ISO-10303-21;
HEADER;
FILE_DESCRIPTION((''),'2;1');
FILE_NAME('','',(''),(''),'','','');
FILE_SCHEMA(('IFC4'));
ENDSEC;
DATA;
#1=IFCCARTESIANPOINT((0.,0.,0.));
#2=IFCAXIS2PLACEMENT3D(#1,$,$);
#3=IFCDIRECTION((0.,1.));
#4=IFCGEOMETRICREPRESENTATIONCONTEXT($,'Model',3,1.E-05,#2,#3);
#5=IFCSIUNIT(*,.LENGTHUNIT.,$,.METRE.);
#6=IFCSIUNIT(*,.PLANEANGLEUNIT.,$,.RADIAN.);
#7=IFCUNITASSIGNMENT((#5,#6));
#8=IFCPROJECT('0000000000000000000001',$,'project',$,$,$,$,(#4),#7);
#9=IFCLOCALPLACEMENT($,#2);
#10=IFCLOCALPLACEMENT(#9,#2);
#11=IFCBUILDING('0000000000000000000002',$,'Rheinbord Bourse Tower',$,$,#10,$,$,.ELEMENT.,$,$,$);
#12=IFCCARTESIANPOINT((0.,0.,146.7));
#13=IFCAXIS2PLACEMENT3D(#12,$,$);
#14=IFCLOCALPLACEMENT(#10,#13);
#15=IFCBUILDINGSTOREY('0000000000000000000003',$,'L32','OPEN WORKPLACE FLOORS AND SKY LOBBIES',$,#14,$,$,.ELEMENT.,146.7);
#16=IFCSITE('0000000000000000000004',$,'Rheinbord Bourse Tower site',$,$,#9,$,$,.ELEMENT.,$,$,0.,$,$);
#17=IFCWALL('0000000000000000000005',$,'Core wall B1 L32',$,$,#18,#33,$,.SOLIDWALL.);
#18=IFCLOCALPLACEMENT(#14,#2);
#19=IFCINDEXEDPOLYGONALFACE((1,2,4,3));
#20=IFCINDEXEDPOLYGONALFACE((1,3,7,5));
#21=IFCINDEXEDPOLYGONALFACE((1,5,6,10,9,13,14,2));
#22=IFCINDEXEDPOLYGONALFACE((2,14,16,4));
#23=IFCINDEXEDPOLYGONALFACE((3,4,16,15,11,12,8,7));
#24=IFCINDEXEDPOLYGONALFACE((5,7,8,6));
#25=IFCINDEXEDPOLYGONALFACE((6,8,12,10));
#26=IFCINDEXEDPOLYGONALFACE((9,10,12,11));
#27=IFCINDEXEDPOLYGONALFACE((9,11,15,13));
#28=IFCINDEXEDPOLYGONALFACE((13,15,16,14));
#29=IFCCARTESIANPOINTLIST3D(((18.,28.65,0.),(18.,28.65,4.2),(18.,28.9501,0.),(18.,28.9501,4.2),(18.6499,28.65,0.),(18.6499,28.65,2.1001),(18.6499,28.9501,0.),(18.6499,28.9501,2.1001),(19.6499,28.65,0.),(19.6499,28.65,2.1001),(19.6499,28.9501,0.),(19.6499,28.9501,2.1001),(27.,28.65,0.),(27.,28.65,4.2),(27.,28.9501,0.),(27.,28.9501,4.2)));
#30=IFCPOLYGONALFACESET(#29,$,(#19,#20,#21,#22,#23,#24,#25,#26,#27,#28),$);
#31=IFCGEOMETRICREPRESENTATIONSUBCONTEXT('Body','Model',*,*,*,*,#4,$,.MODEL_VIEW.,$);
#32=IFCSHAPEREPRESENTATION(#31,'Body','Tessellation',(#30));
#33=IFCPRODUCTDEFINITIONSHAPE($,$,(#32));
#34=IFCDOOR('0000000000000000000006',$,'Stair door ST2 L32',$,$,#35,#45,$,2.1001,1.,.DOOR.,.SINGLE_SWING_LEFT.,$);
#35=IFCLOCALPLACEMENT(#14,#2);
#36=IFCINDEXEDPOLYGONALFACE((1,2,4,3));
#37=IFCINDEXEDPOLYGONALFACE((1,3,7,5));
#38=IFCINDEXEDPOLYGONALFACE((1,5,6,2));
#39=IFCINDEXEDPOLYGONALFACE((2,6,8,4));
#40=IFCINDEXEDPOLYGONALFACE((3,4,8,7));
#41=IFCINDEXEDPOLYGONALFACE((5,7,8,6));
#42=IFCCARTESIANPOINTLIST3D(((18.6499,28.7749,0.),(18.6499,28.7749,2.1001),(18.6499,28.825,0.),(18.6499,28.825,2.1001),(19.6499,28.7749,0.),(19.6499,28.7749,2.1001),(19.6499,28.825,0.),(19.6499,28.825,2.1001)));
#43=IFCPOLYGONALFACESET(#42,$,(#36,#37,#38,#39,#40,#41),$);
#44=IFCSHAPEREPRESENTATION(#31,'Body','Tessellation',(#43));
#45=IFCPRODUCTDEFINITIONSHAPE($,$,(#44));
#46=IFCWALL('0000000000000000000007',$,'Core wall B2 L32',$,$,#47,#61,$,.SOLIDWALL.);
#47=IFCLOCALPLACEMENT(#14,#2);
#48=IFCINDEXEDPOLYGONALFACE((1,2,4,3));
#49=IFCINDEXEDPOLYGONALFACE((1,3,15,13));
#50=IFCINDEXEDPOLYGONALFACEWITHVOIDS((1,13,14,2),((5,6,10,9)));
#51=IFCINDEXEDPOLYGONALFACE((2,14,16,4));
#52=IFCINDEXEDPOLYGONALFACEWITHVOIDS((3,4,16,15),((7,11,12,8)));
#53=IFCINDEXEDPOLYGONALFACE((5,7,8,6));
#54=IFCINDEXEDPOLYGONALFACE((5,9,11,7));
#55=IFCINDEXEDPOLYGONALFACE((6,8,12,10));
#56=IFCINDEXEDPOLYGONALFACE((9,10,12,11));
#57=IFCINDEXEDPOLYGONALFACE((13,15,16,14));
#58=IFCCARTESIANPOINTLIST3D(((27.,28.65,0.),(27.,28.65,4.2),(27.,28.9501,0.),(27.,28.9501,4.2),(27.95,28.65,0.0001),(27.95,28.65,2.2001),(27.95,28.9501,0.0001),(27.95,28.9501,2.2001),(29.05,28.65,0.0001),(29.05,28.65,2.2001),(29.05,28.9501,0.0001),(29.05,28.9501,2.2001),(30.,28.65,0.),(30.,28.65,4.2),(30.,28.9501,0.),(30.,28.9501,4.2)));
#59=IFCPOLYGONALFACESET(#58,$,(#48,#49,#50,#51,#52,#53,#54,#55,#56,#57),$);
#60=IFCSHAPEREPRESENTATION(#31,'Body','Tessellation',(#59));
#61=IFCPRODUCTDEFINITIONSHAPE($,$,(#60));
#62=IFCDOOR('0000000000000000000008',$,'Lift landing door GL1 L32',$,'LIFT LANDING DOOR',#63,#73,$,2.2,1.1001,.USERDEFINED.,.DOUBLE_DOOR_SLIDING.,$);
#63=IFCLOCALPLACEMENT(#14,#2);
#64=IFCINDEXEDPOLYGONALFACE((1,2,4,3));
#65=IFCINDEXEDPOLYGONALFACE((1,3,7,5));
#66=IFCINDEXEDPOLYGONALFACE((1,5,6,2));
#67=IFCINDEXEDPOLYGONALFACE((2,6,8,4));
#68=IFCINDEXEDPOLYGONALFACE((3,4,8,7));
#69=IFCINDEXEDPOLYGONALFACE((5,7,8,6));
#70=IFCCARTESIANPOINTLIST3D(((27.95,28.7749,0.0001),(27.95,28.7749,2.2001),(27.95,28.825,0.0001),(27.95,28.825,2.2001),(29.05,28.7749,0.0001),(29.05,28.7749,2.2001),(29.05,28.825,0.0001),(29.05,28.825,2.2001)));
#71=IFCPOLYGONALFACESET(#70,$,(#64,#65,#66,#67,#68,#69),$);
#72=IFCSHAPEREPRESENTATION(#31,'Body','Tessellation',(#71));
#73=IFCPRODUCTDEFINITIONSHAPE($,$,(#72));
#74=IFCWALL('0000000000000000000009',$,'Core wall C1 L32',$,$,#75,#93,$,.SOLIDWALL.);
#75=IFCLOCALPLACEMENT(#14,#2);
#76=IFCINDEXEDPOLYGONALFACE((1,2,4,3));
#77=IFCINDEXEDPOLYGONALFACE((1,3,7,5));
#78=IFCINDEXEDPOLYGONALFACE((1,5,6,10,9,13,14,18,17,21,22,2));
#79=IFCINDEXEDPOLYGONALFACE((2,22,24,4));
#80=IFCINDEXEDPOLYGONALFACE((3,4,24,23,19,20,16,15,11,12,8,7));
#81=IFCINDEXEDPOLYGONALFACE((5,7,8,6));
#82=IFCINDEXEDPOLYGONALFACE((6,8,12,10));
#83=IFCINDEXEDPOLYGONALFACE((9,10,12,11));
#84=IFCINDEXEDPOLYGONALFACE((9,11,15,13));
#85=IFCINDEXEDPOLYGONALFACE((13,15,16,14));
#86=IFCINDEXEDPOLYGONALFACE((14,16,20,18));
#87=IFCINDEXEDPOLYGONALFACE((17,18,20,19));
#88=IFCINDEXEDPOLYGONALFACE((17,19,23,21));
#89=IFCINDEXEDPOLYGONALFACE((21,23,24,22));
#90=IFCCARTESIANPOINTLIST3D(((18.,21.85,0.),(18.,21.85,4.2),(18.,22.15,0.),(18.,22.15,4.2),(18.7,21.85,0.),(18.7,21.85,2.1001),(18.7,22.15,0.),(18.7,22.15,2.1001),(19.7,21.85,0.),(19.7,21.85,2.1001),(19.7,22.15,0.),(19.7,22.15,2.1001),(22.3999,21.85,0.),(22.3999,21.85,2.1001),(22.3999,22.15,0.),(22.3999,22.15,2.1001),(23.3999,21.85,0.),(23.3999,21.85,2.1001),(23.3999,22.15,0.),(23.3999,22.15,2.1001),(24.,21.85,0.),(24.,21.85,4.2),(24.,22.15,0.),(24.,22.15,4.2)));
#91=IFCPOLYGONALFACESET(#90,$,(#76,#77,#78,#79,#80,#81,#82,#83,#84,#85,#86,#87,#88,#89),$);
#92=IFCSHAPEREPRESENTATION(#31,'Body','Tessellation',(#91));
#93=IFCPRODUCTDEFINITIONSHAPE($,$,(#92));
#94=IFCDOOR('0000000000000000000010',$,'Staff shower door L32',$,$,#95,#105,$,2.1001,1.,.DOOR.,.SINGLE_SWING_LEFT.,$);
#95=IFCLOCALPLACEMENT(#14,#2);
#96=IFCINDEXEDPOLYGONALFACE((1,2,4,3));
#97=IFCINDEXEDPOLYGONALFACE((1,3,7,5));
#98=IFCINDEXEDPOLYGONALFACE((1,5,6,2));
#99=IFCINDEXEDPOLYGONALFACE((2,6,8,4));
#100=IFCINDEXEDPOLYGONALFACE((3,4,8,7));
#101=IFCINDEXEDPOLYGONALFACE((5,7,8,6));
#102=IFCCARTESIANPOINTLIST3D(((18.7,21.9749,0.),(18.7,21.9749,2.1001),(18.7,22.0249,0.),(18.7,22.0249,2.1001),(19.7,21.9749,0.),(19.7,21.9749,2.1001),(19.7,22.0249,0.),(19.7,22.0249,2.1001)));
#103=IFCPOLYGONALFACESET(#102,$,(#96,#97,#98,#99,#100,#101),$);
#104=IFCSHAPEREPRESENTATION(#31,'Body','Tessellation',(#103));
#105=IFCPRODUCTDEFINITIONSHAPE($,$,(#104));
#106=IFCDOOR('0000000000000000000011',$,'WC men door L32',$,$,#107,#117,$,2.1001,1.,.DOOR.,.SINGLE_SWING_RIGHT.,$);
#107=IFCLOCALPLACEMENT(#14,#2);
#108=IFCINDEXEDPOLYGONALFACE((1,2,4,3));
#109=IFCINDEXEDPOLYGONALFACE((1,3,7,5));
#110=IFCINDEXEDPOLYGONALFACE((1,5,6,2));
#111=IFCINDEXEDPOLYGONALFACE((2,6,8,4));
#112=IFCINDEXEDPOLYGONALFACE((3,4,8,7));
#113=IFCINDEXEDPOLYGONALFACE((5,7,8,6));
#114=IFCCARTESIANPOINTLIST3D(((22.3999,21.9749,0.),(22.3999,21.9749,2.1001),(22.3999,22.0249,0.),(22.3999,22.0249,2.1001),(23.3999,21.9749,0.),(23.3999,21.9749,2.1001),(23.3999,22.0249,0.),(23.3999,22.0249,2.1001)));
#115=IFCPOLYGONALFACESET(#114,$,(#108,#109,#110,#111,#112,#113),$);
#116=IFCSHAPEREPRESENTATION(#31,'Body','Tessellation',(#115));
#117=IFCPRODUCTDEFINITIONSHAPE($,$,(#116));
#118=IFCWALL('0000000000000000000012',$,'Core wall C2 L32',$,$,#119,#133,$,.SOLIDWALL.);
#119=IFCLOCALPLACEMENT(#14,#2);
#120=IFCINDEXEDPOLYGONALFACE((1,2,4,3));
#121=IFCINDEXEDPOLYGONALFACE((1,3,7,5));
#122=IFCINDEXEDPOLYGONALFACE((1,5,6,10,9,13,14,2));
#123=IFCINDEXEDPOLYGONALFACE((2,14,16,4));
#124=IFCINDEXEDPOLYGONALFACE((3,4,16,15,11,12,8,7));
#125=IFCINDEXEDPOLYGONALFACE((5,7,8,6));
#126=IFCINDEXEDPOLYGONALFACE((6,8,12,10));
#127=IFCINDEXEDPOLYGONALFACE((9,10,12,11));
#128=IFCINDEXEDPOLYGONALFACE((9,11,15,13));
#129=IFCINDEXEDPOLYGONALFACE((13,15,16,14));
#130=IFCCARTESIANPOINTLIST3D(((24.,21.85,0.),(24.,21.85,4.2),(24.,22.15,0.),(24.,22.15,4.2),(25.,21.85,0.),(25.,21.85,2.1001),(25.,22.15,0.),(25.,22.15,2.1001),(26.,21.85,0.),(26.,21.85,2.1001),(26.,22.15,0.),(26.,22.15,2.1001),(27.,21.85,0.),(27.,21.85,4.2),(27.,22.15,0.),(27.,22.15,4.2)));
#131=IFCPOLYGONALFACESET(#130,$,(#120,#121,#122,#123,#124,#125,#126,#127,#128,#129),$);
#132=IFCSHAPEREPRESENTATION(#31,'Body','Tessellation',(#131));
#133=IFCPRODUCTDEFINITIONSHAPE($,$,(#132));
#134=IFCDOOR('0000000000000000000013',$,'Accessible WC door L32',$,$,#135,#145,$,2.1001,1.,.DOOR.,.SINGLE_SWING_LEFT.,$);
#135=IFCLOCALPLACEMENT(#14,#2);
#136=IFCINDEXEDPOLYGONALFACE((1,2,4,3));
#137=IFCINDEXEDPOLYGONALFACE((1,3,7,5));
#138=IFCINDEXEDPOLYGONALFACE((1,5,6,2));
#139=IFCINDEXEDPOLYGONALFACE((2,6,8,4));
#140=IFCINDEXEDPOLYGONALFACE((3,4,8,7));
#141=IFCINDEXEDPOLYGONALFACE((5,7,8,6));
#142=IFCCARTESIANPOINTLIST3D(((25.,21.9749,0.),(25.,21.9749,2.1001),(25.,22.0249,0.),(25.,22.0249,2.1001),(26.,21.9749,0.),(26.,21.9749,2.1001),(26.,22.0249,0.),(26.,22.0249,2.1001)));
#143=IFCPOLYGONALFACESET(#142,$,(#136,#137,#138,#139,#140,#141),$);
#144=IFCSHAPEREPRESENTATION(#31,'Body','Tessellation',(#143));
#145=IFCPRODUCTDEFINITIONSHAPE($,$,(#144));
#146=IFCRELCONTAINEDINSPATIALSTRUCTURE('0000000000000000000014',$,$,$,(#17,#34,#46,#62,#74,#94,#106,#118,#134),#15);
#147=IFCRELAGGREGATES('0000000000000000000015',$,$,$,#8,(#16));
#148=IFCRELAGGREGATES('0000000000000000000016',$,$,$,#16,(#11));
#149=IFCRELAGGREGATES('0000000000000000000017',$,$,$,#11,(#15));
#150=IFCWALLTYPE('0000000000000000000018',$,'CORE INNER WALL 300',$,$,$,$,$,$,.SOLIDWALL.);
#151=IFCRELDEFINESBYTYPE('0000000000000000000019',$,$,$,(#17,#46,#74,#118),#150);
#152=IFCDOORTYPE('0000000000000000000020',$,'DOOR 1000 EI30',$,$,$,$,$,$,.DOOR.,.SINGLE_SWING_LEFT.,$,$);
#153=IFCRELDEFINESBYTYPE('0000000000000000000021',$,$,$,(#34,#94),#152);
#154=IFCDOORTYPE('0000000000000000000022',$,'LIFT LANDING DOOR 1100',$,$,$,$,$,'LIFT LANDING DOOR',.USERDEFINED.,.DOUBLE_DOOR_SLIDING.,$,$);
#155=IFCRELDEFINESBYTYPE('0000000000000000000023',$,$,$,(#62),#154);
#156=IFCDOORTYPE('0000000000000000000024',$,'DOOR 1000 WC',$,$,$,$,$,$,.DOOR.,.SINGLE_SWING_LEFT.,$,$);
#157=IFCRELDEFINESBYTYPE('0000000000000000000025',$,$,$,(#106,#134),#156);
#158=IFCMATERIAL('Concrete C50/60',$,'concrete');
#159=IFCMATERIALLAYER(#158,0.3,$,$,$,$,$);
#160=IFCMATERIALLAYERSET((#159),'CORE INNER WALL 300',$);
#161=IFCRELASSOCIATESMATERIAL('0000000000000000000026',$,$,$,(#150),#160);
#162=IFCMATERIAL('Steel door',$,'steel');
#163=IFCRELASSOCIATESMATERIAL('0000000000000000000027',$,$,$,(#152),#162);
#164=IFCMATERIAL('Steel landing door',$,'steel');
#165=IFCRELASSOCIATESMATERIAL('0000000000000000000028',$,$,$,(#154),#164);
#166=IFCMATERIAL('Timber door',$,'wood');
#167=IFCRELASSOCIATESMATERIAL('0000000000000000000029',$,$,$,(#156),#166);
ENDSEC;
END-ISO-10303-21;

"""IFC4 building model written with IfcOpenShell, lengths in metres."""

from ifc_helpers import new_model, si_unit, direction, frame, frame_2d, origin, place, context, subcontext, project, spatial, rectangle, extrude, material, layer, layer_set, type_object, element, fill, save


model = new_model("IFC4")

# Units and contexts
model_context = context("Model", 3, precision=1e-05, world=origin(), true_north=direction((0.0, 1.0)))
body_context = subcontext(model_context, "Body", "Model", "MODEL_VIEW")
ifc_project = project(units=[si_unit("LENGTHUNIT", "METRE"), si_unit("PLANEANGLEUNIT", "RADIAN")], contexts=[model_context])

# Site, building, storey
site_placement = place(None, origin())
site = spatial("IfcSite", under=ifc_project, at=site_placement, Name="Rheinbord Bourse Tower site", CompositionType="ELEMENT", RefElevation=0.0)
building_placement = place(site_placement, origin())
building = spatial("IfcBuilding", under=site, at=building_placement, Name="Rheinbord Bourse Tower", CompositionType="ELEMENT")
storey_placement = place(building_placement, frame((0.0, 0.0, 146.7)))
storey = spatial("IfcBuildingStorey", under=building, at=storey_placement, Name="L32", Description="OPEN WORKPLACE FLOORS AND SKY LOBBIES", CompositionType="ELEMENT", Elevation=146.7)

# Walls, openings, doors
ifc_material_1 = material(Name="Concrete C50/60", Category="concrete")
ifc_layer_1 = layer(ifc_material_1, 0.3)
ifc_layer_set_1 = layer_set([ifc_layer_1], Name="CORE INNER WALL 300")
wall_type_1 = type_object("IfcWallType", Name="CORE INNER WALL 300", PredefinedType="SOLIDWALL", material=ifc_layer_set_1)
wall_1_placement = place(storey_placement, frame((18.0, 28.8, 0.0), z_axis=(0.0, 0.0, 1.0), x_axis=(1.0, 0.0, 0.0)))
wall_1 = element("IfcWall", 1, at=wall_1_placement, inside=storey, type_object=wall_type_1, Name="Core wall B1 L32", PredefinedType="SOLIDWALL", context=body_context, shape_type="SweptSolid", body=[
    extrude(rectangle(XDim=9.0, YDim=0.3, at=frame_2d((4.5, 0.0))), origin(), (0.0, 0.0, 1.0), 4.2),
])
opening_1_placement = place(wall_1_placement, frame((0.6499, 0.0, 0.0)))
opening_1 = element("IfcOpeningElement", 2, at=opening_1_placement, cuts=wall_1, PredefinedType="OPENING", context=body_context, shape_type="SweptSolid", body=[
    extrude(rectangle(XDim=1.0, YDim=2.1001, at=frame_2d((0.5, 1.05))), frame((0.0, 0.1599, 0.0), z_axis=(0.0, -1.0, 0.0), x_axis=(1.0, 0.0, 0.0)), (0.0, 0.0, 1.0), 0.3201),
])
ifc_material_2 = material(Name="Steel door", Category="steel")
door_type_1 = type_object("IfcDoorType", Name="DOOR 1000 EI30", OperationType="SINGLE_SWING_LEFT", PredefinedType="DOOR", material=ifc_material_2)
door_1_placement = place(opening_1_placement, origin())
door_1 = element("IfcDoor", 3, at=door_1_placement, inside=storey, type_object=door_type_1, Name="Stair door ST2 L32", OperationType="SINGLE_SWING_LEFT", OverallHeight=2.1001, OverallWidth=1.0, PredefinedType="DOOR", context=body_context, shape_type="SweptSolid", body=[
    extrude(rectangle(XDim=1.0, YDim=2.1001, at=frame_2d((0.5, 1.05))), frame((0.0, 0.0249, 0.0), z_axis=(0.0, -1.0, 0.0), x_axis=(1.0, 0.0, 0.0)), (0.0, 0.0, 1.0), 0.05),
])
fill(opening_1, door_1)
wall_2_placement = place(storey_placement, frame((27.0, 28.8, 0.0), z_axis=(0.0, 0.0, 1.0), x_axis=(1.0, 0.0, 0.0)))
wall_2 = element("IfcWall", 4, at=wall_2_placement, inside=storey, type_object=wall_type_1, Name="Core wall B2 L32", PredefinedType="SOLIDWALL", context=body_context, shape_type="SweptSolid", body=[
    extrude(rectangle(XDim=3.0, YDim=0.3, at=frame_2d((1.5, 0.0))), origin(), (0.0, 0.0, 1.0), 4.2),
])
opening_2_placement = place(wall_2_placement, frame((0.95, 0.0, 0.0)))
opening_2 = element("IfcOpeningElement", 5, at=opening_2_placement, cuts=wall_2, PredefinedType="OPENING", context=body_context, shape_type="SweptSolid", body=[
    extrude(rectangle(XDim=1.1001, YDim=2.2, at=frame_2d((0.55, 1.1001))), frame((0.0, 0.1599, 0.0), z_axis=(0.0, -1.0, 0.0), x_axis=(1.0, 0.0, 0.0)), (0.0, 0.0, 1.0), 0.3201),
])
ifc_material_3 = material(Name="Steel landing door", Category="steel")
door_type_2 = type_object("IfcDoorType", Name="LIFT LANDING DOOR 1100", ElementType="LIFT LANDING DOOR", OperationType="DOUBLE_DOOR_SLIDING", PredefinedType="USERDEFINED", material=ifc_material_3)
door_2_placement = place(opening_2_placement, origin())
door_2 = element("IfcDoor", 6, at=door_2_placement, inside=storey, type_object=door_type_2, Name="Lift landing door GL1 L32", ObjectType="LIFT LANDING DOOR", OperationType="DOUBLE_DOOR_SLIDING", OverallHeight=2.2, OverallWidth=1.1001, PredefinedType="USERDEFINED", context=body_context, shape_type="SweptSolid", body=[
    extrude(rectangle(XDim=1.1001, YDim=2.2, at=frame_2d((0.55, 1.1001))), frame((0.0, 0.0249, 0.0), z_axis=(0.0, -1.0, 0.0), x_axis=(1.0, 0.0, 0.0)), (0.0, 0.0, 1.0), 0.05),
])
fill(opening_2, door_2)

# Wall, openings, doors
wall_3_placement = place(storey_placement, frame((18.0, 22.0, 0.0), z_axis=(0.0, 0.0, 1.0), x_axis=(1.0, 0.0, 0.0)))
wall_3 = element("IfcWall", 7, at=wall_3_placement, inside=storey, type_object=wall_type_1, Name="Core wall C1 L32", PredefinedType="SOLIDWALL", context=body_context, shape_type="SweptSolid", body=[
    extrude(rectangle(XDim=6.0, YDim=0.3, at=frame_2d((3.0, 0.0))), origin(), (0.0, 0.0, 1.0), 4.2),
])
opening_3_placement = place(wall_3_placement, frame((4.3999, 0.0, 0.0)))
opening_3 = element("IfcOpeningElement", 8, at=opening_3_placement, cuts=wall_3, PredefinedType="OPENING", context=body_context, shape_type="SweptSolid", body=[
    extrude(rectangle(XDim=1.0, YDim=2.1001, at=frame_2d((0.5, 1.05))), frame((0.0, 0.1599, 0.0), z_axis=(0.0, -1.0, 0.0), x_axis=(1.0, 0.0, 0.0)), (0.0, 0.0, 1.0), 0.3201),
])
opening_4_placement = place(wall_3_placement, frame((0.7, 0.0, 0.0)))
opening_4 = element("IfcOpeningElement", 9, at=opening_4_placement, cuts=wall_3, PredefinedType="OPENING", context=body_context, shape_type="SweptSolid", body=[
    extrude(rectangle(XDim=1.0, YDim=2.1001, at=frame_2d((0.5, 1.05))), frame((0.0, 0.1599, 0.0), z_axis=(0.0, -1.0, 0.0), x_axis=(1.0, 0.0, 0.0)), (0.0, 0.0, 1.0), 0.3201),
])
door_3_placement = place(opening_4_placement, origin())
door_3 = element("IfcDoor", 10, at=door_3_placement, inside=storey, type_object=door_type_1, Name="Staff shower door L32", OperationType="SINGLE_SWING_LEFT", OverallHeight=2.1001, OverallWidth=1.0, PredefinedType="DOOR", context=body_context, shape_type="SweptSolid", body=[
    extrude(rectangle(XDim=1.0, YDim=2.1001, at=frame_2d((0.5, 1.05))), frame((0.0, 0.0249, 0.0), z_axis=(0.0, -1.0, 0.0), x_axis=(1.0, 0.0, 0.0)), (0.0, 0.0, 1.0), 0.05),
])
fill(opening_4, door_3)
ifc_material_4 = material(Name="Timber door", Category="wood")
door_type_3 = type_object("IfcDoorType", Name="DOOR 1000 WC", OperationType="SINGLE_SWING_LEFT", PredefinedType="DOOR", material=ifc_material_4)
door_4_placement = place(opening_3_placement, origin())
door_4 = element("IfcDoor", 11, at=door_4_placement, inside=storey, type_object=door_type_3, Name="WC men door L32", OperationType="SINGLE_SWING_RIGHT", OverallHeight=2.1001, OverallWidth=1.0, PredefinedType="DOOR", context=body_context, shape_type="SweptSolid", body=[
    extrude(rectangle(XDim=1.0, YDim=2.1001, at=frame_2d((0.5, 1.05))), frame((0.0, 0.0249, 0.0), z_axis=(0.0, -1.0, 0.0), x_axis=(1.0, 0.0, 0.0)), (0.0, 0.0, 1.0), 0.05),
])
fill(opening_3, door_4)

# Wall, opening, door
wall_4_placement = place(storey_placement, frame((24.0, 22.0, 0.0), z_axis=(0.0, 0.0, 1.0), x_axis=(1.0, 0.0, 0.0)))
wall_4 = element("IfcWall", 12, at=wall_4_placement, inside=storey, type_object=wall_type_1, Name="Core wall C2 L32", PredefinedType="SOLIDWALL", context=body_context, shape_type="SweptSolid", body=[
    extrude(rectangle(XDim=3.0, YDim=0.3, at=frame_2d((1.5, 0.0))), origin(), (0.0, 0.0, 1.0), 4.2),
])
opening_5_placement = place(wall_4_placement, frame((1.0, 0.0, 0.0)))
opening_5 = element("IfcOpeningElement", 13, at=opening_5_placement, cuts=wall_4, PredefinedType="OPENING", context=body_context, shape_type="SweptSolid", body=[
    extrude(rectangle(XDim=1.0, YDim=2.1001, at=frame_2d((0.5, 1.05))), frame((0.0, 0.1599, 0.0), z_axis=(0.0, -1.0, 0.0), x_axis=(1.0, 0.0, 0.0)), (0.0, 0.0, 1.0), 0.3201),
])
door_5_placement = place(opening_5_placement, origin())
door_5 = element("IfcDoor", 14, at=door_5_placement, inside=storey, type_object=door_type_3, Name="Accessible WC door L32", OperationType="SINGLE_SWING_LEFT", OverallHeight=2.1001, OverallWidth=1.0, PredefinedType="DOOR", context=body_context, shape_type="SweptSolid", body=[
    extrude(rectangle(XDim=1.0, YDim=2.1001, at=frame_2d((0.5, 1.05))), frame((0.0, 0.0249, 0.0), z_axis=(0.0, -1.0, 0.0), x_axis=(1.0, 0.0, 0.0)), (0.0, 0.0, 1.0), 0.05),
])
fill(opening_5, door_5)

save(model, "model.ifc")
